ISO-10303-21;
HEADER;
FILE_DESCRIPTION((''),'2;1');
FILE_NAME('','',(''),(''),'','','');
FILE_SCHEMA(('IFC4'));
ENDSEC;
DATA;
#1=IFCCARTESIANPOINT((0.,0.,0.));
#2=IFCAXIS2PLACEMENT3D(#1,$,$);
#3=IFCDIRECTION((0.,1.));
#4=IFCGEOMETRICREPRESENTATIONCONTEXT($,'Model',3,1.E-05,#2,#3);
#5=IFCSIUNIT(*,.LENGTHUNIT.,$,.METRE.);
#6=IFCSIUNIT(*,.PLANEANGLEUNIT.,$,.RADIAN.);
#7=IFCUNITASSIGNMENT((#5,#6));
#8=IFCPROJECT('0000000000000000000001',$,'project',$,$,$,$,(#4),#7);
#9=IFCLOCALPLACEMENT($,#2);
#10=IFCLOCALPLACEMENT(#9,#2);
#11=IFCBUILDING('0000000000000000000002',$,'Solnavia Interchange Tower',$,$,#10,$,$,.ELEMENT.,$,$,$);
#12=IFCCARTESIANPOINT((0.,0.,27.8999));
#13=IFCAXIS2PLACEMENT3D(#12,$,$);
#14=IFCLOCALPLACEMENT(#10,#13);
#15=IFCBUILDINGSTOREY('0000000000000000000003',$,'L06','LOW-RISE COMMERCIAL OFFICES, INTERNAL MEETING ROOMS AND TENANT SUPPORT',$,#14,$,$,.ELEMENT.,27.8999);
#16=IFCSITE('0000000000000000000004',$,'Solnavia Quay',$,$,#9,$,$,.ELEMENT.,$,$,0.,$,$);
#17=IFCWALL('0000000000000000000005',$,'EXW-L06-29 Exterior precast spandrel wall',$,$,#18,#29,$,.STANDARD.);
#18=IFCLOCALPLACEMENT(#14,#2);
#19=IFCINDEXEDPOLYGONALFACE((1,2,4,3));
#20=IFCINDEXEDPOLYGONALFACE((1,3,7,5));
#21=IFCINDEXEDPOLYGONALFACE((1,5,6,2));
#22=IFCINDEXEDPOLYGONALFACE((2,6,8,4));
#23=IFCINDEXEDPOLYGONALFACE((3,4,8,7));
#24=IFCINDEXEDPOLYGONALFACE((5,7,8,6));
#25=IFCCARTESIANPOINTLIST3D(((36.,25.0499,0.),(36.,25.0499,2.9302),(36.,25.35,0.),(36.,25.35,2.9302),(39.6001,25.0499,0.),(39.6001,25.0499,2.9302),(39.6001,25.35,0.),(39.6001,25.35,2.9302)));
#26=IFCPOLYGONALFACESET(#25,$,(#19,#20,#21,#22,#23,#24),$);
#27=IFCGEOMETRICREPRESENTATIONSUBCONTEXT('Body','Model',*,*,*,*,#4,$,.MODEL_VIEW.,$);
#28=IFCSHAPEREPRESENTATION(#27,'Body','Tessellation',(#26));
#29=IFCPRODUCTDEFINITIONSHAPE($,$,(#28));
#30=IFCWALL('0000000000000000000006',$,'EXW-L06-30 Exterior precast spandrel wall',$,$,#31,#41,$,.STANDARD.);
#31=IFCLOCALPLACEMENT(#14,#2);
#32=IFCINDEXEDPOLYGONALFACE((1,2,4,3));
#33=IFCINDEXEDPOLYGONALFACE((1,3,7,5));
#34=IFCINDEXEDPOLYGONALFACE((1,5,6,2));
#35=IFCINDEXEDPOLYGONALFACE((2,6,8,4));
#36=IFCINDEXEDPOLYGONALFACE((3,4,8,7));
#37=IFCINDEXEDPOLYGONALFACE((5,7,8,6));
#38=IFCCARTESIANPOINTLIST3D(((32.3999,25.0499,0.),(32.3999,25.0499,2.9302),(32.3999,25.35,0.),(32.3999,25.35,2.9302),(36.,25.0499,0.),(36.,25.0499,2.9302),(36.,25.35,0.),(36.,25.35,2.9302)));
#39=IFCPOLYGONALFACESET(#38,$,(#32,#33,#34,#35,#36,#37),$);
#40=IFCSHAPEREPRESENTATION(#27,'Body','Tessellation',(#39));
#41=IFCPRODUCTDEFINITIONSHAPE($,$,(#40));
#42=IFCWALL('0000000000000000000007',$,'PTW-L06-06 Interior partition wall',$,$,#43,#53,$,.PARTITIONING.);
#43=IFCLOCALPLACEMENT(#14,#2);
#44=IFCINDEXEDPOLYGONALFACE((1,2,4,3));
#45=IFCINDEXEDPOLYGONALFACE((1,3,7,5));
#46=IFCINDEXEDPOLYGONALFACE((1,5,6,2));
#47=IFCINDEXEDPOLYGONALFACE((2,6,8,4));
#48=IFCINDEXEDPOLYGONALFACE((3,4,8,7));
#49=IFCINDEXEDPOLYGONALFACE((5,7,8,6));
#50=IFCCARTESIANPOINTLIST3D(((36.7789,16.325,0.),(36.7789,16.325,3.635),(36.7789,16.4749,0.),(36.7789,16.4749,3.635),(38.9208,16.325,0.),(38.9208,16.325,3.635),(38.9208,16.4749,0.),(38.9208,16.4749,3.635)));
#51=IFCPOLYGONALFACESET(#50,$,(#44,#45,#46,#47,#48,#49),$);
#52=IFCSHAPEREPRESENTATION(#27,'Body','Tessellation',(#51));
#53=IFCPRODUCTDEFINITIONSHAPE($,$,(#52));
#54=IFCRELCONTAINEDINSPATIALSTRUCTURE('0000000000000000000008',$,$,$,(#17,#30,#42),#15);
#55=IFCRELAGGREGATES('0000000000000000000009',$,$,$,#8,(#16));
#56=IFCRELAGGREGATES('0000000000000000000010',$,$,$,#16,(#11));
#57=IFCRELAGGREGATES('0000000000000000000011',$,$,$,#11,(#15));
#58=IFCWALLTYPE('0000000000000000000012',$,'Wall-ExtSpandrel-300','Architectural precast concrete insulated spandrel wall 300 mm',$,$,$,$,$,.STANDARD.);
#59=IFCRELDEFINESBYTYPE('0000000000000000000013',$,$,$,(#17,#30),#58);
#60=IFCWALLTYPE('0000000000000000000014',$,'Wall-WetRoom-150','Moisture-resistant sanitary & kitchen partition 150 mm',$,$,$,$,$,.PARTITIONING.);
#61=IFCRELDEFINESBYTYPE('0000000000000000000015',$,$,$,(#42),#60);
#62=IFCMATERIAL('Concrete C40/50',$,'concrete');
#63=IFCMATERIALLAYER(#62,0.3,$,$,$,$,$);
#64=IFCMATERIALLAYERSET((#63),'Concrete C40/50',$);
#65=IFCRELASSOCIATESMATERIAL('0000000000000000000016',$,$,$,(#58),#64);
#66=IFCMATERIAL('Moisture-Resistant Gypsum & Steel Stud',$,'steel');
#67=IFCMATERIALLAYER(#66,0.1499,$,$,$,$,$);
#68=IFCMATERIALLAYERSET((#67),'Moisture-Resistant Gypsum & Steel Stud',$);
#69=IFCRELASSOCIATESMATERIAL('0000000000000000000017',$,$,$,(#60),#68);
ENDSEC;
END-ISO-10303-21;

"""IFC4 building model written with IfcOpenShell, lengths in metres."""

from ifc_helpers import new_model, si_unit, direction, frame, frame_2d, origin, place, context, subcontext, project, spatial, rectangle, extrude, material, layer, layer_set, type_object, element, save


model = new_model("IFC4")

# Units and contexts
model_context = context("Model", 3, precision=1e-05, world=origin(), true_north=direction((0.0, 1.0)))
body_context = subcontext(model_context, "Body", "Model", "MODEL_VIEW")
ifc_project = project(units=[si_unit("LENGTHUNIT", "METRE"), si_unit("PLANEANGLEUNIT", "RADIAN")], contexts=[model_context])

# Site, building, storey
site_placement = place(None, origin())
site = spatial("IfcSite", under=ifc_project, at=site_placement, Name="Solnavia Quay", CompositionType="ELEMENT", RefElevation=0.0)
building_placement = place(site_placement, origin())
building = spatial("IfcBuilding", under=site, at=building_placement, Name="Solnavia Interchange Tower", CompositionType="ELEMENT")
storey_placement = place(building_placement, frame((0.0, 0.0, 27.8999)))
storey = spatial("IfcBuildingStorey", under=building, at=storey_placement, Name="L06", Description="LOW-RISE COMMERCIAL OFFICES, INTERNAL MEETING ROOMS AND TENANT SUPPORT", CompositionType="ELEMENT", Elevation=27.8999)

# Walls
ifc_material_1 = material(Name="Concrete C40/50", Category="concrete")
ifc_layer_1 = layer(ifc_material_1, 0.3)
ifc_layer_set_1 = layer_set([ifc_layer_1], Name="Concrete C40/50")
wall_type_1 = type_object("IfcWallType", Name="Wall-ExtSpandrel-300", Description="Architectural precast concrete insulated spandrel wall 300 mm", PredefinedType="STANDARD", material=ifc_layer_set_1)
for number, where, z_axis, x_axis, name in (
    (1, (36.0, 25.2, 0.0), (0.0, 0.0, 1.0), (1.0, 0.0, 0.0), "EXW-L06-29 Exterior precast spandrel wall"),
    (2, (32.3999, 25.2, 0.0), (0.0, 0.0, 1.0), (1.0, 0.0, 0.0), "EXW-L06-30 Exterior precast spandrel wall"),
):
    element("IfcWall", number, at=place(storey_placement, frame(where, z_axis=z_axis, x_axis=x_axis)), inside=storey, type_object=wall_type_1, Name=name, PredefinedType="STANDARD", context=body_context, shape_type="SweptSolid", body=[
        extrude(rectangle(XDim=3.6001, YDim=0.3, at=frame_2d((1.8, 0.0))), origin(), (0.0, 0.0, 1.0), 2.9302),
    ])
ifc_material_2 = material(Name="Moisture-Resistant Gypsum & Steel Stud", Category="steel")
ifc_layer_2 = layer(ifc_material_2, 0.1499)
ifc_layer_set_2 = layer_set([ifc_layer_2], Name="Moisture-Resistant Gypsum & Steel Stud")
wall_type_2 = type_object("IfcWallType", Name="Wall-WetRoom-150", Description="Moisture-resistant sanitary & kitchen partition 150 mm", PredefinedType="PARTITIONING", material=ifc_layer_set_2)
wall_1_placement = place(storey_placement, frame((36.7791, 16.3999, 0.0), z_axis=(0.0, 0.0, 1.0), x_axis=(1.0, 0.0, 0.0)))
element("IfcWall", 3, at=wall_1_placement, inside=storey, type_object=wall_type_2, Name="PTW-L06-06 Interior partition wall", PredefinedType="PARTITIONING", context=body_context, shape_type="SweptSolid", body=[
    extrude(rectangle(XDim=2.1418, YDim=0.1499, at=frame_2d((1.0708, 0.0))), origin(), (0.0, 0.0, 1.0), 3.635),
])

save(model, "model.ifc")
